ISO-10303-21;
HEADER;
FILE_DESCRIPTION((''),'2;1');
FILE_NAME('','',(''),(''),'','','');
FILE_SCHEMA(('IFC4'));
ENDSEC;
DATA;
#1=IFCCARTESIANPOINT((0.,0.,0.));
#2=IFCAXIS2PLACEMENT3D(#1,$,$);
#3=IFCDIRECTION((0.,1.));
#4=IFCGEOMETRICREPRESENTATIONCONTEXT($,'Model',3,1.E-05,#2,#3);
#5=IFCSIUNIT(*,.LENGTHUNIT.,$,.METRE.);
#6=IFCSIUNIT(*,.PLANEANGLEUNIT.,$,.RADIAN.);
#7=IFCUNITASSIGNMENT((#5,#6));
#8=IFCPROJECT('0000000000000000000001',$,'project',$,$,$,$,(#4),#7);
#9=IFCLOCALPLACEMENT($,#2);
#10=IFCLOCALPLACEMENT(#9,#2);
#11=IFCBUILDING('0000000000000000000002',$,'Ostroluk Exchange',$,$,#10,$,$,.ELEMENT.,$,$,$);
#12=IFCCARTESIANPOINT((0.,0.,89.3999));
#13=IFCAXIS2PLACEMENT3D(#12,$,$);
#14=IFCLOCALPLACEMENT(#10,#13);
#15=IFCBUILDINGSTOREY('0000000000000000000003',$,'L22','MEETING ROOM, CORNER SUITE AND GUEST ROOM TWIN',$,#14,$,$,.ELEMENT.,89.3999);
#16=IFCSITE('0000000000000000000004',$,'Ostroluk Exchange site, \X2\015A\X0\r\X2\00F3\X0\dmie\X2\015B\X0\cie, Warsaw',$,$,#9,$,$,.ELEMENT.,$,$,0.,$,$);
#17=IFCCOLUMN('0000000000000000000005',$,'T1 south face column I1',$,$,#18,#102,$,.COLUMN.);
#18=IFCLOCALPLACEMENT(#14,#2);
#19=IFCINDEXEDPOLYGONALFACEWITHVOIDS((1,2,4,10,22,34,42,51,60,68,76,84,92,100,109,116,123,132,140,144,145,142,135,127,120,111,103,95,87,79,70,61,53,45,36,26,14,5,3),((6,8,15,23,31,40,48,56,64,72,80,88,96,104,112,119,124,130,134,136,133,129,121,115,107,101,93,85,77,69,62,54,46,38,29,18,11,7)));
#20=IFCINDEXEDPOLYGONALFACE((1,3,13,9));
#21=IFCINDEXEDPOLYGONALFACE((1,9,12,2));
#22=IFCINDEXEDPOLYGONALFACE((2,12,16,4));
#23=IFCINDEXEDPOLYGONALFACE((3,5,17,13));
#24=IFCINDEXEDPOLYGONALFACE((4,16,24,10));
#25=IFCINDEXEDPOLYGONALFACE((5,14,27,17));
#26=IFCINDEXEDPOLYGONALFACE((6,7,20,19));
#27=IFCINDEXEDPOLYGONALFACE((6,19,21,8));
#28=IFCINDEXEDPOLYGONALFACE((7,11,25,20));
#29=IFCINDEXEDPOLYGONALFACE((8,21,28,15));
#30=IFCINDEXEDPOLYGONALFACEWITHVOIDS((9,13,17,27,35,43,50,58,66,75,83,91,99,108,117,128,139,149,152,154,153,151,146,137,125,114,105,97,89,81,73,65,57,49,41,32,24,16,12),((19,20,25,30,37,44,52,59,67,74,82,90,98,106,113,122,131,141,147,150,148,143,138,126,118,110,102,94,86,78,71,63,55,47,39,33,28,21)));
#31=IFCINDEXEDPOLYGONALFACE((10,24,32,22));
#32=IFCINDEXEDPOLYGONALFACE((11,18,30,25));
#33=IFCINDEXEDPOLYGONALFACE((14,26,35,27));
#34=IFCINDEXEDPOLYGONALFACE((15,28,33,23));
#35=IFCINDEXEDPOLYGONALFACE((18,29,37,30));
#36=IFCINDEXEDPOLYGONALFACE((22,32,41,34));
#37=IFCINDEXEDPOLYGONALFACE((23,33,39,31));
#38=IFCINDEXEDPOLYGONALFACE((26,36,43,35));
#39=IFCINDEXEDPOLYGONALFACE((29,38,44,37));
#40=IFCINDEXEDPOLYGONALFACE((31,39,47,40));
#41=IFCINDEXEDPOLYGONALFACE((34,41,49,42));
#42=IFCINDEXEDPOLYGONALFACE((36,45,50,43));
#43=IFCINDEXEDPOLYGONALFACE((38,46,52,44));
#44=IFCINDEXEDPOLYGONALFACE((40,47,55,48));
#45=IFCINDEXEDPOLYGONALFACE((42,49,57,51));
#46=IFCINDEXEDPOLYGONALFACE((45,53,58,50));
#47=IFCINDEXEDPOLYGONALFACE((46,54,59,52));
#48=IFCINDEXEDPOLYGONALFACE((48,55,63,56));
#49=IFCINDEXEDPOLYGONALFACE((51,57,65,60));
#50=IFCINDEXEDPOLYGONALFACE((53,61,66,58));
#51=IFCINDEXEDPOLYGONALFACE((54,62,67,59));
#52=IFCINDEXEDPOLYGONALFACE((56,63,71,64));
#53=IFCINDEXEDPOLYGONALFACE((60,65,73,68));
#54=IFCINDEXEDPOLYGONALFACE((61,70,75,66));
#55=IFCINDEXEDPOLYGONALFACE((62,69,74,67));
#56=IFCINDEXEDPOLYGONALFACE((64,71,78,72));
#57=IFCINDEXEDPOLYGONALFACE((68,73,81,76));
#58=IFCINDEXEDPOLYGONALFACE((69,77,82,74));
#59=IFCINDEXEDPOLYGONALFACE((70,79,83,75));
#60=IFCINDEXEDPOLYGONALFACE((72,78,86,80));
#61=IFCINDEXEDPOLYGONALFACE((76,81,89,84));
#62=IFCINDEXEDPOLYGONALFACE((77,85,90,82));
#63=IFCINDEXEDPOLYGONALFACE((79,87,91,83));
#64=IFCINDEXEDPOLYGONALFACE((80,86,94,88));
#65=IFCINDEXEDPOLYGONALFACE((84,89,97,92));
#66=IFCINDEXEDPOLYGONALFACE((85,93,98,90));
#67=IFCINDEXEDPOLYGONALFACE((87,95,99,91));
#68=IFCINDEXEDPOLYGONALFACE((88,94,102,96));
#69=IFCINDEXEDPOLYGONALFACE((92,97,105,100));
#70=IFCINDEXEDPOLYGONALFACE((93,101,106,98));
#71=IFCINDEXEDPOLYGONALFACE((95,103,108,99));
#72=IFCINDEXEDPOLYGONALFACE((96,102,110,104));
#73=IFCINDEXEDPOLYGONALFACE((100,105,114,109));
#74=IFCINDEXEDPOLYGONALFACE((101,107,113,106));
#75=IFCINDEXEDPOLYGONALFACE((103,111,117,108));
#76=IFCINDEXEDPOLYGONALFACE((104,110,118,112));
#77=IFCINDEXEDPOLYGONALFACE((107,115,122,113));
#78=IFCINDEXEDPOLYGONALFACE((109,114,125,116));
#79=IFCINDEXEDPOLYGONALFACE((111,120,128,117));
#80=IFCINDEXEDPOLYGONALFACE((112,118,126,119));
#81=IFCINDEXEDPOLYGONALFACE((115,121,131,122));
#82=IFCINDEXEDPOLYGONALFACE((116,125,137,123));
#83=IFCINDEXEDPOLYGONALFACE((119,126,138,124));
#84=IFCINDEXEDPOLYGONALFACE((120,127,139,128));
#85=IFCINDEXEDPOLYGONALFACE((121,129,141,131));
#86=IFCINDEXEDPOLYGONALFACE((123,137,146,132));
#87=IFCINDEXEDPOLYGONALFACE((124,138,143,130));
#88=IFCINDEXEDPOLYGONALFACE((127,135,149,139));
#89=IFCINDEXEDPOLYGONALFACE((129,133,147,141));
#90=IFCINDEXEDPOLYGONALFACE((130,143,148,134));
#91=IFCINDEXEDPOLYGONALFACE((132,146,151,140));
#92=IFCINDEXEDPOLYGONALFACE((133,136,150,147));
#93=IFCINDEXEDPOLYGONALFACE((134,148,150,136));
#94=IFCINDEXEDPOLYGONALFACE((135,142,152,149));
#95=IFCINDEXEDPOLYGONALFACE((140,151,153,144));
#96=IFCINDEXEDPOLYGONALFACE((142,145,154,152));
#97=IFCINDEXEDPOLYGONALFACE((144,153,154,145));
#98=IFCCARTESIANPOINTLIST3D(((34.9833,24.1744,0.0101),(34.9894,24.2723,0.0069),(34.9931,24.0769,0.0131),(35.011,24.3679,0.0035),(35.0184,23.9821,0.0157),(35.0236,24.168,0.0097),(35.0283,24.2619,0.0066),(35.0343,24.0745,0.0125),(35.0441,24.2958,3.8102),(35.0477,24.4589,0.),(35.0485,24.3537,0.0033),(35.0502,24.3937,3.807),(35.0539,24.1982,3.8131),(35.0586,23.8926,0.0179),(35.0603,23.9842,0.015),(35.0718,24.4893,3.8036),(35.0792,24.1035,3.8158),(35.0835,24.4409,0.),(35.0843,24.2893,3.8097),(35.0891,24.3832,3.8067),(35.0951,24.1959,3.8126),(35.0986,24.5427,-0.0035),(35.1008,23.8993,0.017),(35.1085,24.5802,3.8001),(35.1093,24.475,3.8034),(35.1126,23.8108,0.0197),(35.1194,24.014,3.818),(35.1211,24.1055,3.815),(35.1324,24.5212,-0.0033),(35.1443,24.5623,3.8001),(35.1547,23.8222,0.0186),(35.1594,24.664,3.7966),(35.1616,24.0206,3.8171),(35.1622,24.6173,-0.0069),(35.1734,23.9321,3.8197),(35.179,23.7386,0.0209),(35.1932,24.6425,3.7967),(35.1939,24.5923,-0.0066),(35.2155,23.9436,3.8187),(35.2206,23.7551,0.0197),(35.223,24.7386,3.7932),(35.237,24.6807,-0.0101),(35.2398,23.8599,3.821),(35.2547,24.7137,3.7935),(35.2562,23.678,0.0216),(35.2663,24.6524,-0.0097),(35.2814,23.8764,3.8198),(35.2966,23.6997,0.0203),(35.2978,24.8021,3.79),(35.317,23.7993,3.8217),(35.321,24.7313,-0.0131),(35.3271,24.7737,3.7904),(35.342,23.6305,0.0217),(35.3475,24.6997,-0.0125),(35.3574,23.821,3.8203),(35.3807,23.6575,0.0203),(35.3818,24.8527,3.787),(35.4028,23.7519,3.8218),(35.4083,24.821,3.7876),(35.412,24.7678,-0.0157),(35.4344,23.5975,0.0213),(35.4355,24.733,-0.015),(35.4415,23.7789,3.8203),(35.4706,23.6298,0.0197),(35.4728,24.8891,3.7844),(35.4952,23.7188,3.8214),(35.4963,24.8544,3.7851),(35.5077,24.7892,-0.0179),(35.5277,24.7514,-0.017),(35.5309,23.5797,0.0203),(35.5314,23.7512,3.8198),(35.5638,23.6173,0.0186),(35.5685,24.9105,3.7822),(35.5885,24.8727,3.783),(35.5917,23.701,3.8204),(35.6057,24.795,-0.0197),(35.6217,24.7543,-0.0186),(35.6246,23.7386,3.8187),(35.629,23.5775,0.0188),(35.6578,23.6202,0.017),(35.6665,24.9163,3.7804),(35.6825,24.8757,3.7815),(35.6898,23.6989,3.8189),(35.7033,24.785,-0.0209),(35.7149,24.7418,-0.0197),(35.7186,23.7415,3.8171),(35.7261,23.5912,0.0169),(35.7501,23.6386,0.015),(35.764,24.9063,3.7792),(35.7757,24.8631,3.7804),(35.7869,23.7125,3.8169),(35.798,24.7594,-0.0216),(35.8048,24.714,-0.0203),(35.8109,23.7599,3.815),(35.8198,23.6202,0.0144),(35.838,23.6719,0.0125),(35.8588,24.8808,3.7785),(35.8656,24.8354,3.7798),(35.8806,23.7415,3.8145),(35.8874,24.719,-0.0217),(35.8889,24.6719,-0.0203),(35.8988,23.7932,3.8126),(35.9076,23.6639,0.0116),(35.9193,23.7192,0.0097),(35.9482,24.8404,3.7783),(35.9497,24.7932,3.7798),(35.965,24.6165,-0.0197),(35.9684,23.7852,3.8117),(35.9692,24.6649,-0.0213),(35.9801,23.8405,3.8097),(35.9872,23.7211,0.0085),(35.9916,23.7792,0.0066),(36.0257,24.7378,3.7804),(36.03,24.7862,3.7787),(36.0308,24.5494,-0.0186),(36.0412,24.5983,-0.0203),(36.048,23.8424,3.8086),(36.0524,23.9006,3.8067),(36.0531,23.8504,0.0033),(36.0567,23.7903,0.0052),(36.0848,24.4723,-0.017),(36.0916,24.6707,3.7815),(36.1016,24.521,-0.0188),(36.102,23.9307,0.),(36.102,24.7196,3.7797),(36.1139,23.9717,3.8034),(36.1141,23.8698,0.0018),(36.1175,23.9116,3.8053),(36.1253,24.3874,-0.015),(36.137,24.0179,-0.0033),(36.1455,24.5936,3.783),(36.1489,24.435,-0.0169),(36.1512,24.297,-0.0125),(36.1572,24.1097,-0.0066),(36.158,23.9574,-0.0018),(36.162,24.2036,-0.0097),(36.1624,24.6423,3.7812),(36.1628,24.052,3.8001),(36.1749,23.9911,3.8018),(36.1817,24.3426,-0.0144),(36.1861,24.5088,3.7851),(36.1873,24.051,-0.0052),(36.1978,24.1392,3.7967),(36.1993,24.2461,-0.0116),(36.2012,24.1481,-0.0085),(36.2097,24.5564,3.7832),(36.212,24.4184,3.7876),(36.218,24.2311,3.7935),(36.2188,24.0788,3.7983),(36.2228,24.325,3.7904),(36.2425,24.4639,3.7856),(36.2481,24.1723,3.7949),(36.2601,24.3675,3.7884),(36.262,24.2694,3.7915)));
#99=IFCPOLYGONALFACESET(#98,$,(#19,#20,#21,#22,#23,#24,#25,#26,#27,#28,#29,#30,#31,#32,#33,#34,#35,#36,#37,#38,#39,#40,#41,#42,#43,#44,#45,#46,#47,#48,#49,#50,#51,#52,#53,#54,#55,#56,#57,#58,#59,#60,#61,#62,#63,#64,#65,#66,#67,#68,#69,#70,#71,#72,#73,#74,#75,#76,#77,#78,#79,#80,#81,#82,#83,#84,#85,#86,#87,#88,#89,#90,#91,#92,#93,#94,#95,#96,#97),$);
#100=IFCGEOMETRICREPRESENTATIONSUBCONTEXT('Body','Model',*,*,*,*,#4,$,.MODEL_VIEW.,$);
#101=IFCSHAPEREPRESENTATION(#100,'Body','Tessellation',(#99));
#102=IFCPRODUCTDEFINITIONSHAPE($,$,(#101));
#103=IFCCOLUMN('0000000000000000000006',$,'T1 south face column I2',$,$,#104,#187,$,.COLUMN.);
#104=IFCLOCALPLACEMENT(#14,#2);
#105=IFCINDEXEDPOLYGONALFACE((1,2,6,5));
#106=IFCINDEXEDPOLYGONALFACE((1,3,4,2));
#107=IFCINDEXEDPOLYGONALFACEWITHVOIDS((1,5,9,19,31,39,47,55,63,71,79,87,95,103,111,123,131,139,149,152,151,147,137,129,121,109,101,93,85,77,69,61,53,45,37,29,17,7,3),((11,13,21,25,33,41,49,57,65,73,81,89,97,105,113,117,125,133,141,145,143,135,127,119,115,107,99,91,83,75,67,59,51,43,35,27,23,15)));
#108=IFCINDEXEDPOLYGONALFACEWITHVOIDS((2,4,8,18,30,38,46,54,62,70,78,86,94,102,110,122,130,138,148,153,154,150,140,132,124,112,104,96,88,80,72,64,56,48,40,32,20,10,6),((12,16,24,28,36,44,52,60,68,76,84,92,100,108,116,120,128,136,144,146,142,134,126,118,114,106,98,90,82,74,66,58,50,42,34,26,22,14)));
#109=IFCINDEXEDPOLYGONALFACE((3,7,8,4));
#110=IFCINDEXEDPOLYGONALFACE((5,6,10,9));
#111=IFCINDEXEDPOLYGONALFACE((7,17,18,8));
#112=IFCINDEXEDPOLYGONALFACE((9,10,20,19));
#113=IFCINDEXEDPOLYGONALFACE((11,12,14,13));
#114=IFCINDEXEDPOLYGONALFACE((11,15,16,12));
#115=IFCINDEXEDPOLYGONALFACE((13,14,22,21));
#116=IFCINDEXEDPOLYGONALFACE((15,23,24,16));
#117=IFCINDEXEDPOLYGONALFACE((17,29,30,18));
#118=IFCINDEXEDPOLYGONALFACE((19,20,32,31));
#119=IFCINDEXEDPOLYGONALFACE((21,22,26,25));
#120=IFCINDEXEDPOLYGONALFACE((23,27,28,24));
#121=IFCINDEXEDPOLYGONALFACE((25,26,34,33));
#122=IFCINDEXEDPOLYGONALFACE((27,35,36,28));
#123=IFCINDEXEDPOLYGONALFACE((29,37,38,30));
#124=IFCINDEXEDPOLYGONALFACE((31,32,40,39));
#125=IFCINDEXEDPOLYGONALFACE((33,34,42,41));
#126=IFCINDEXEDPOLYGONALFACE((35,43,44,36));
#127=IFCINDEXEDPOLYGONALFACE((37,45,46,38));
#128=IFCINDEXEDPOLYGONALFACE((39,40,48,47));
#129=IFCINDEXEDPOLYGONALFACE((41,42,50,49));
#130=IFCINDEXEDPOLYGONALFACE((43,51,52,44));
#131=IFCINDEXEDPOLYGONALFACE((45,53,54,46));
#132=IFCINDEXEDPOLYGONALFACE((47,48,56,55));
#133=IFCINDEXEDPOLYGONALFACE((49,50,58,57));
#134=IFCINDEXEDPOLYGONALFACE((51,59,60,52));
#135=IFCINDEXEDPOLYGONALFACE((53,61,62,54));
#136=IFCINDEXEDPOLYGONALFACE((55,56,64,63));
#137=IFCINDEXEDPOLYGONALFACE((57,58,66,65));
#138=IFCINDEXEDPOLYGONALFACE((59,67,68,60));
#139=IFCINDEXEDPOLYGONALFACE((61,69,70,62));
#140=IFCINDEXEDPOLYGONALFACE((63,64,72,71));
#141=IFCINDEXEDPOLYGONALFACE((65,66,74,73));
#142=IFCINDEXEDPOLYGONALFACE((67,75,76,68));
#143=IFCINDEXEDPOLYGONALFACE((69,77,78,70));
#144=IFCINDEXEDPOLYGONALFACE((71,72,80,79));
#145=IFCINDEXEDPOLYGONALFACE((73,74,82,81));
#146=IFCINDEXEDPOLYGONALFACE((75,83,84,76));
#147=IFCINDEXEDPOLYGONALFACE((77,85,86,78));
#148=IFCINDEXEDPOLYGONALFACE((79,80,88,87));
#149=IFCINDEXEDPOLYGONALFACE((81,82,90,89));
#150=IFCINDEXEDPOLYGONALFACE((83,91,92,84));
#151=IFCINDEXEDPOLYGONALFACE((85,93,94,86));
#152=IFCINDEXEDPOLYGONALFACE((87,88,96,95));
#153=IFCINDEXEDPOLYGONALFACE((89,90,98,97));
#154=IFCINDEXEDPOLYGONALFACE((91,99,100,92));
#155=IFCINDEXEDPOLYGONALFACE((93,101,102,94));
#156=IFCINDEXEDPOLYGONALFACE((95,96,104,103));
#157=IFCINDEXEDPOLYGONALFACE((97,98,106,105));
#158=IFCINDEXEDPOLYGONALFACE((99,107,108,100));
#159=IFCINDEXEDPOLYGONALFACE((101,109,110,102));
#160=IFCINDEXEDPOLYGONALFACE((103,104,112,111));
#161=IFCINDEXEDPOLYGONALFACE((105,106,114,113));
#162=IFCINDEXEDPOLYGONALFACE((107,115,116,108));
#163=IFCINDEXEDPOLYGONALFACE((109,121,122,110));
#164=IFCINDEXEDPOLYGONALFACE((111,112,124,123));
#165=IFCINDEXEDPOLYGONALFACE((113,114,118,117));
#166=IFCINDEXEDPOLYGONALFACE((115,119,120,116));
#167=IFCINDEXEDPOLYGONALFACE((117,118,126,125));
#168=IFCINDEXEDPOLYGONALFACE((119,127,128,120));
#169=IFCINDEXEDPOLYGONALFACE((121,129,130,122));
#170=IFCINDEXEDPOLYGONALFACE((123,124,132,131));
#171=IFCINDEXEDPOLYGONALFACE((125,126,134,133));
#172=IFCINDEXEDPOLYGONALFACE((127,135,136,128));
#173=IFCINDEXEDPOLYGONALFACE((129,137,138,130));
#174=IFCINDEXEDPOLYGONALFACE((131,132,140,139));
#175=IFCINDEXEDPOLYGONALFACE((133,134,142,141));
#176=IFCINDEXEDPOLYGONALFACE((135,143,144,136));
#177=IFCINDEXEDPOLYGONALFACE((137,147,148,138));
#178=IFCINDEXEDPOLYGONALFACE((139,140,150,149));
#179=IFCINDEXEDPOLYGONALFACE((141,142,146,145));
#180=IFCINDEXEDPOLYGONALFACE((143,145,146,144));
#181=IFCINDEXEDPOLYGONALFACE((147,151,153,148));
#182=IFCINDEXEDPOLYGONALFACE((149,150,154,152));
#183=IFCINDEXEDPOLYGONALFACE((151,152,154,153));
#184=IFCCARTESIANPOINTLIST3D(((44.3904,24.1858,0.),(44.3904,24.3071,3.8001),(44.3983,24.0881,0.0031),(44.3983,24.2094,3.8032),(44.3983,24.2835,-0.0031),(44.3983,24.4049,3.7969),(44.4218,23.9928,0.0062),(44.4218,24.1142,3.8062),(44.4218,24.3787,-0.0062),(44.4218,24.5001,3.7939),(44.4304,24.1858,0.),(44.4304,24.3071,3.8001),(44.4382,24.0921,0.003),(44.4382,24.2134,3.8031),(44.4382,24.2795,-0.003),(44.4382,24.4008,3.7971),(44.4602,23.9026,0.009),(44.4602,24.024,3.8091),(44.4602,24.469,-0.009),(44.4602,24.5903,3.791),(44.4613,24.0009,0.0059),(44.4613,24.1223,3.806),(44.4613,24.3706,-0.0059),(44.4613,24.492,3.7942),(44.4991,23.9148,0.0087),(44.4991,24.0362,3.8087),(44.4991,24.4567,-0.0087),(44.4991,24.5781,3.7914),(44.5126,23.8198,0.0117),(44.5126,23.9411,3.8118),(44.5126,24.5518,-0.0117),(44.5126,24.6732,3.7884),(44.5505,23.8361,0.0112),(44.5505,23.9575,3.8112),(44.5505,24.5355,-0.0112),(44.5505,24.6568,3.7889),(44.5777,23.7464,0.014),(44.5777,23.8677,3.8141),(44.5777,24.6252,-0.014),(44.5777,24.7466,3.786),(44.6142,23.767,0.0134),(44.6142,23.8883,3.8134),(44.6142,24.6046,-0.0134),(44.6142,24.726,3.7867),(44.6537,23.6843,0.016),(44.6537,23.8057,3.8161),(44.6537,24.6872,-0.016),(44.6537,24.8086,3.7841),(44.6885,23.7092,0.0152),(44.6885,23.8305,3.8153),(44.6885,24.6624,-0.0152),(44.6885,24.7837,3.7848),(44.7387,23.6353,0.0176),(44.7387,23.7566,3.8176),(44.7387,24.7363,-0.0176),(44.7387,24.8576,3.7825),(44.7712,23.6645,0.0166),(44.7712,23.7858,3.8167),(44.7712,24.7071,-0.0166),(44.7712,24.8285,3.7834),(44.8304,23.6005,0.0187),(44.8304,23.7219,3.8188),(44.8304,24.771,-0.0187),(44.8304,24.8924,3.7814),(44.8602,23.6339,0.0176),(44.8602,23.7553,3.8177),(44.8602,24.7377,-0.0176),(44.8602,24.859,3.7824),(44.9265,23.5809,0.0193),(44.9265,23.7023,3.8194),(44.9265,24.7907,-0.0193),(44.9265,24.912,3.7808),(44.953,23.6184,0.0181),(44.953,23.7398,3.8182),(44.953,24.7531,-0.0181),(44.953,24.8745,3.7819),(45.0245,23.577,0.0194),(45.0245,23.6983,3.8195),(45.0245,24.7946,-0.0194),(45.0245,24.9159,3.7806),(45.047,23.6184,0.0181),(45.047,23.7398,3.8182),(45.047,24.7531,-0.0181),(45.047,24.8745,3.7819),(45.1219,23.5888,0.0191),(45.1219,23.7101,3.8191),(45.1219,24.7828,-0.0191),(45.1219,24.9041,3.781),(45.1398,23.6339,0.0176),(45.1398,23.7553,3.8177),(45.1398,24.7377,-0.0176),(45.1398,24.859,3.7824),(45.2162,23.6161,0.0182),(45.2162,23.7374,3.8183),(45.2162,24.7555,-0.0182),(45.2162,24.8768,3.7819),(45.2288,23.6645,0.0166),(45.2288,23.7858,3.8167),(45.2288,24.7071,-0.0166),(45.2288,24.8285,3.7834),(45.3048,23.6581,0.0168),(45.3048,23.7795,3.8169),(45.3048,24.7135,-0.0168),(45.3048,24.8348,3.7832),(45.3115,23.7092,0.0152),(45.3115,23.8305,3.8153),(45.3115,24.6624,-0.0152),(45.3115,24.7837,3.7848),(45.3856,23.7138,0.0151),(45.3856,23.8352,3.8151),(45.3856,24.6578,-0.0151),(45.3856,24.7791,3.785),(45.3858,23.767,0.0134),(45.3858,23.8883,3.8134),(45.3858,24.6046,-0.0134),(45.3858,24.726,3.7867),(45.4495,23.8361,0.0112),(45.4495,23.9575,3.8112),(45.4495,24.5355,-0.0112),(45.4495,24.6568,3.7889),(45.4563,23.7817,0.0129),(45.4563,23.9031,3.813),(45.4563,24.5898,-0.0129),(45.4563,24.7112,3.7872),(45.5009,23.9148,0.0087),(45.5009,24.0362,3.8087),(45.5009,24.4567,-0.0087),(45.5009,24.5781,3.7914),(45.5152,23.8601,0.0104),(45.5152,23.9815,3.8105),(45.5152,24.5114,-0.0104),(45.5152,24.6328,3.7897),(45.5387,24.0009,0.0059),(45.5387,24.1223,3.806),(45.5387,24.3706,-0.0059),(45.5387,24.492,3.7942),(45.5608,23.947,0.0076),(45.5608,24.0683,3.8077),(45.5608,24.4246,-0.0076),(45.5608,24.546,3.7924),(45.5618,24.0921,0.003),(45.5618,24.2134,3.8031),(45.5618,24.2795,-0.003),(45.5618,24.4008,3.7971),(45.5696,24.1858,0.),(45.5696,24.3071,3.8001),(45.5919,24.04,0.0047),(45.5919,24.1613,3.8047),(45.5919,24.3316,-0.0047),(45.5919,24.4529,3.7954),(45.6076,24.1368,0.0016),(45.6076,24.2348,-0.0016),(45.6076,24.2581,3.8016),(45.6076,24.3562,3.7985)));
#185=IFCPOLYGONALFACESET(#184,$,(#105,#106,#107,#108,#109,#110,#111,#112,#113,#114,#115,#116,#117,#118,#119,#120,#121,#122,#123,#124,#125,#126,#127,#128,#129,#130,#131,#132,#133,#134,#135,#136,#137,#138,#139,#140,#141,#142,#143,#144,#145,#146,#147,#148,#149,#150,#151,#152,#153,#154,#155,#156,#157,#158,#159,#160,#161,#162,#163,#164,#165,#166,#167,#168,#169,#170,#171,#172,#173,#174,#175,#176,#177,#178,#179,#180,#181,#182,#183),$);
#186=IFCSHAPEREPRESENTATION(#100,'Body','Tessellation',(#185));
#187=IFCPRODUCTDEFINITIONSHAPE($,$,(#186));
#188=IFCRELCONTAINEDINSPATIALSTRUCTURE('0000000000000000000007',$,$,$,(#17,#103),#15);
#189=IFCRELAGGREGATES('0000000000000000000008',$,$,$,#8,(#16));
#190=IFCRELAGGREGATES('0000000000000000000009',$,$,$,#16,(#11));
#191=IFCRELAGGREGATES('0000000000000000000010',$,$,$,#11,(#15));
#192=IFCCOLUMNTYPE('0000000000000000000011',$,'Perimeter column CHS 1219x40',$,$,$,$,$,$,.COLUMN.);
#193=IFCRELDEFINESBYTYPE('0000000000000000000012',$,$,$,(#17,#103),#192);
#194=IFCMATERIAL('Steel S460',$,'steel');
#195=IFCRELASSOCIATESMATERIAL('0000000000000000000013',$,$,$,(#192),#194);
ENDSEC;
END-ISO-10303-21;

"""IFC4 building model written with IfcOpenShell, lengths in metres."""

from ifc_helpers import new_model, si_unit, direction, frame, origin, origin_2d, place, context, subcontext, project, spatial, hollow_circle, extrude, material, material_profile, profile_set, type_object, element, save


model = new_model("IFC4")

# Units and contexts
model_context = context("Model", 3, precision=1e-05, world=origin(), true_north=direction((0.0, 1.0)))
body_context = subcontext(model_context, "Body", "Model", "MODEL_VIEW")
ifc_project = project(units=[si_unit("LENGTHUNIT", "METRE"), si_unit("PLANEANGLEUNIT", "RADIAN")], contexts=[model_context])

# Site, building, storey
site_placement = place(None, origin())
site = spatial("IfcSite", under=ifc_project, at=site_placement, Name="Ostroluk Exchange site, Śródmieście, Warsaw", CompositionType="ELEMENT", RefElevation=0.0)
building_placement = place(site_placement, origin())
building = spatial("IfcBuilding", under=site, at=building_placement, Name="Ostroluk Exchange", CompositionType="ELEMENT")
storey_placement = place(building_placement, frame((0.0, 0.0, 89.3999)))
storey = spatial("IfcBuildingStorey", under=building, at=storey_placement, Name="L22", Description="MEETING ROOM, CORNER SUITE AND GUEST ROOM TWIN", CompositionType="ELEMENT", Elevation=89.3999)

# Columns
ifc_material_1 = material(Name="Steel S460", Category="steel")
ifc_material_profile_1 = material_profile(ifc_material_1, hollow_circle(Radius=0.6096, WallThickness=0.04, at=origin_2d()), Name="CHS 1219x40")
ifc_profile_set_1 = profile_set([ifc_material_profile_1], Name="Steel S460")
column_type = type_object("IfcColumnType", Name="Perimeter column CHS 1219x40", PredefinedType="COLUMN", material=ifc_profile_set_1)
column_1_placement = place(storey_placement, frame((35.5928, 24.1858, 0.0), z_axis=(0.015987, 0.03191, 0.999363), x_axis=(-0.894067, 0.447933, 0.0)))
element("IfcColumn", 1, at=column_1_placement, inside=storey, type_object=column_type, Name="T1 south face column I1", PredefinedType="COLUMN", context=body_context, shape_type="SweptSolid", body=[
    extrude(hollow_circle(Radius=0.6096, WallThickness=0.04, at=origin_2d()), origin(), (0.0, 0.0, 1.0), 3.8025),
])
column_2_placement = place(storey_placement, frame((45.0, 24.1858, 0.0), z_axis=(0.0, 0.031914, 0.999491), x_axis=(-1.0, 0.0, 0.0)))
element("IfcColumn", 2, at=column_2_placement, inside=storey, type_object=column_type, Name="T1 south face column I2", PredefinedType="COLUMN", context=body_context, shape_type="SweptSolid", body=[
    extrude(hollow_circle(Radius=0.6096, WallThickness=0.04, at=origin_2d()), origin(), (0.0, 0.0, 1.0), 3.802),
])

save(model, "model.ifc")
